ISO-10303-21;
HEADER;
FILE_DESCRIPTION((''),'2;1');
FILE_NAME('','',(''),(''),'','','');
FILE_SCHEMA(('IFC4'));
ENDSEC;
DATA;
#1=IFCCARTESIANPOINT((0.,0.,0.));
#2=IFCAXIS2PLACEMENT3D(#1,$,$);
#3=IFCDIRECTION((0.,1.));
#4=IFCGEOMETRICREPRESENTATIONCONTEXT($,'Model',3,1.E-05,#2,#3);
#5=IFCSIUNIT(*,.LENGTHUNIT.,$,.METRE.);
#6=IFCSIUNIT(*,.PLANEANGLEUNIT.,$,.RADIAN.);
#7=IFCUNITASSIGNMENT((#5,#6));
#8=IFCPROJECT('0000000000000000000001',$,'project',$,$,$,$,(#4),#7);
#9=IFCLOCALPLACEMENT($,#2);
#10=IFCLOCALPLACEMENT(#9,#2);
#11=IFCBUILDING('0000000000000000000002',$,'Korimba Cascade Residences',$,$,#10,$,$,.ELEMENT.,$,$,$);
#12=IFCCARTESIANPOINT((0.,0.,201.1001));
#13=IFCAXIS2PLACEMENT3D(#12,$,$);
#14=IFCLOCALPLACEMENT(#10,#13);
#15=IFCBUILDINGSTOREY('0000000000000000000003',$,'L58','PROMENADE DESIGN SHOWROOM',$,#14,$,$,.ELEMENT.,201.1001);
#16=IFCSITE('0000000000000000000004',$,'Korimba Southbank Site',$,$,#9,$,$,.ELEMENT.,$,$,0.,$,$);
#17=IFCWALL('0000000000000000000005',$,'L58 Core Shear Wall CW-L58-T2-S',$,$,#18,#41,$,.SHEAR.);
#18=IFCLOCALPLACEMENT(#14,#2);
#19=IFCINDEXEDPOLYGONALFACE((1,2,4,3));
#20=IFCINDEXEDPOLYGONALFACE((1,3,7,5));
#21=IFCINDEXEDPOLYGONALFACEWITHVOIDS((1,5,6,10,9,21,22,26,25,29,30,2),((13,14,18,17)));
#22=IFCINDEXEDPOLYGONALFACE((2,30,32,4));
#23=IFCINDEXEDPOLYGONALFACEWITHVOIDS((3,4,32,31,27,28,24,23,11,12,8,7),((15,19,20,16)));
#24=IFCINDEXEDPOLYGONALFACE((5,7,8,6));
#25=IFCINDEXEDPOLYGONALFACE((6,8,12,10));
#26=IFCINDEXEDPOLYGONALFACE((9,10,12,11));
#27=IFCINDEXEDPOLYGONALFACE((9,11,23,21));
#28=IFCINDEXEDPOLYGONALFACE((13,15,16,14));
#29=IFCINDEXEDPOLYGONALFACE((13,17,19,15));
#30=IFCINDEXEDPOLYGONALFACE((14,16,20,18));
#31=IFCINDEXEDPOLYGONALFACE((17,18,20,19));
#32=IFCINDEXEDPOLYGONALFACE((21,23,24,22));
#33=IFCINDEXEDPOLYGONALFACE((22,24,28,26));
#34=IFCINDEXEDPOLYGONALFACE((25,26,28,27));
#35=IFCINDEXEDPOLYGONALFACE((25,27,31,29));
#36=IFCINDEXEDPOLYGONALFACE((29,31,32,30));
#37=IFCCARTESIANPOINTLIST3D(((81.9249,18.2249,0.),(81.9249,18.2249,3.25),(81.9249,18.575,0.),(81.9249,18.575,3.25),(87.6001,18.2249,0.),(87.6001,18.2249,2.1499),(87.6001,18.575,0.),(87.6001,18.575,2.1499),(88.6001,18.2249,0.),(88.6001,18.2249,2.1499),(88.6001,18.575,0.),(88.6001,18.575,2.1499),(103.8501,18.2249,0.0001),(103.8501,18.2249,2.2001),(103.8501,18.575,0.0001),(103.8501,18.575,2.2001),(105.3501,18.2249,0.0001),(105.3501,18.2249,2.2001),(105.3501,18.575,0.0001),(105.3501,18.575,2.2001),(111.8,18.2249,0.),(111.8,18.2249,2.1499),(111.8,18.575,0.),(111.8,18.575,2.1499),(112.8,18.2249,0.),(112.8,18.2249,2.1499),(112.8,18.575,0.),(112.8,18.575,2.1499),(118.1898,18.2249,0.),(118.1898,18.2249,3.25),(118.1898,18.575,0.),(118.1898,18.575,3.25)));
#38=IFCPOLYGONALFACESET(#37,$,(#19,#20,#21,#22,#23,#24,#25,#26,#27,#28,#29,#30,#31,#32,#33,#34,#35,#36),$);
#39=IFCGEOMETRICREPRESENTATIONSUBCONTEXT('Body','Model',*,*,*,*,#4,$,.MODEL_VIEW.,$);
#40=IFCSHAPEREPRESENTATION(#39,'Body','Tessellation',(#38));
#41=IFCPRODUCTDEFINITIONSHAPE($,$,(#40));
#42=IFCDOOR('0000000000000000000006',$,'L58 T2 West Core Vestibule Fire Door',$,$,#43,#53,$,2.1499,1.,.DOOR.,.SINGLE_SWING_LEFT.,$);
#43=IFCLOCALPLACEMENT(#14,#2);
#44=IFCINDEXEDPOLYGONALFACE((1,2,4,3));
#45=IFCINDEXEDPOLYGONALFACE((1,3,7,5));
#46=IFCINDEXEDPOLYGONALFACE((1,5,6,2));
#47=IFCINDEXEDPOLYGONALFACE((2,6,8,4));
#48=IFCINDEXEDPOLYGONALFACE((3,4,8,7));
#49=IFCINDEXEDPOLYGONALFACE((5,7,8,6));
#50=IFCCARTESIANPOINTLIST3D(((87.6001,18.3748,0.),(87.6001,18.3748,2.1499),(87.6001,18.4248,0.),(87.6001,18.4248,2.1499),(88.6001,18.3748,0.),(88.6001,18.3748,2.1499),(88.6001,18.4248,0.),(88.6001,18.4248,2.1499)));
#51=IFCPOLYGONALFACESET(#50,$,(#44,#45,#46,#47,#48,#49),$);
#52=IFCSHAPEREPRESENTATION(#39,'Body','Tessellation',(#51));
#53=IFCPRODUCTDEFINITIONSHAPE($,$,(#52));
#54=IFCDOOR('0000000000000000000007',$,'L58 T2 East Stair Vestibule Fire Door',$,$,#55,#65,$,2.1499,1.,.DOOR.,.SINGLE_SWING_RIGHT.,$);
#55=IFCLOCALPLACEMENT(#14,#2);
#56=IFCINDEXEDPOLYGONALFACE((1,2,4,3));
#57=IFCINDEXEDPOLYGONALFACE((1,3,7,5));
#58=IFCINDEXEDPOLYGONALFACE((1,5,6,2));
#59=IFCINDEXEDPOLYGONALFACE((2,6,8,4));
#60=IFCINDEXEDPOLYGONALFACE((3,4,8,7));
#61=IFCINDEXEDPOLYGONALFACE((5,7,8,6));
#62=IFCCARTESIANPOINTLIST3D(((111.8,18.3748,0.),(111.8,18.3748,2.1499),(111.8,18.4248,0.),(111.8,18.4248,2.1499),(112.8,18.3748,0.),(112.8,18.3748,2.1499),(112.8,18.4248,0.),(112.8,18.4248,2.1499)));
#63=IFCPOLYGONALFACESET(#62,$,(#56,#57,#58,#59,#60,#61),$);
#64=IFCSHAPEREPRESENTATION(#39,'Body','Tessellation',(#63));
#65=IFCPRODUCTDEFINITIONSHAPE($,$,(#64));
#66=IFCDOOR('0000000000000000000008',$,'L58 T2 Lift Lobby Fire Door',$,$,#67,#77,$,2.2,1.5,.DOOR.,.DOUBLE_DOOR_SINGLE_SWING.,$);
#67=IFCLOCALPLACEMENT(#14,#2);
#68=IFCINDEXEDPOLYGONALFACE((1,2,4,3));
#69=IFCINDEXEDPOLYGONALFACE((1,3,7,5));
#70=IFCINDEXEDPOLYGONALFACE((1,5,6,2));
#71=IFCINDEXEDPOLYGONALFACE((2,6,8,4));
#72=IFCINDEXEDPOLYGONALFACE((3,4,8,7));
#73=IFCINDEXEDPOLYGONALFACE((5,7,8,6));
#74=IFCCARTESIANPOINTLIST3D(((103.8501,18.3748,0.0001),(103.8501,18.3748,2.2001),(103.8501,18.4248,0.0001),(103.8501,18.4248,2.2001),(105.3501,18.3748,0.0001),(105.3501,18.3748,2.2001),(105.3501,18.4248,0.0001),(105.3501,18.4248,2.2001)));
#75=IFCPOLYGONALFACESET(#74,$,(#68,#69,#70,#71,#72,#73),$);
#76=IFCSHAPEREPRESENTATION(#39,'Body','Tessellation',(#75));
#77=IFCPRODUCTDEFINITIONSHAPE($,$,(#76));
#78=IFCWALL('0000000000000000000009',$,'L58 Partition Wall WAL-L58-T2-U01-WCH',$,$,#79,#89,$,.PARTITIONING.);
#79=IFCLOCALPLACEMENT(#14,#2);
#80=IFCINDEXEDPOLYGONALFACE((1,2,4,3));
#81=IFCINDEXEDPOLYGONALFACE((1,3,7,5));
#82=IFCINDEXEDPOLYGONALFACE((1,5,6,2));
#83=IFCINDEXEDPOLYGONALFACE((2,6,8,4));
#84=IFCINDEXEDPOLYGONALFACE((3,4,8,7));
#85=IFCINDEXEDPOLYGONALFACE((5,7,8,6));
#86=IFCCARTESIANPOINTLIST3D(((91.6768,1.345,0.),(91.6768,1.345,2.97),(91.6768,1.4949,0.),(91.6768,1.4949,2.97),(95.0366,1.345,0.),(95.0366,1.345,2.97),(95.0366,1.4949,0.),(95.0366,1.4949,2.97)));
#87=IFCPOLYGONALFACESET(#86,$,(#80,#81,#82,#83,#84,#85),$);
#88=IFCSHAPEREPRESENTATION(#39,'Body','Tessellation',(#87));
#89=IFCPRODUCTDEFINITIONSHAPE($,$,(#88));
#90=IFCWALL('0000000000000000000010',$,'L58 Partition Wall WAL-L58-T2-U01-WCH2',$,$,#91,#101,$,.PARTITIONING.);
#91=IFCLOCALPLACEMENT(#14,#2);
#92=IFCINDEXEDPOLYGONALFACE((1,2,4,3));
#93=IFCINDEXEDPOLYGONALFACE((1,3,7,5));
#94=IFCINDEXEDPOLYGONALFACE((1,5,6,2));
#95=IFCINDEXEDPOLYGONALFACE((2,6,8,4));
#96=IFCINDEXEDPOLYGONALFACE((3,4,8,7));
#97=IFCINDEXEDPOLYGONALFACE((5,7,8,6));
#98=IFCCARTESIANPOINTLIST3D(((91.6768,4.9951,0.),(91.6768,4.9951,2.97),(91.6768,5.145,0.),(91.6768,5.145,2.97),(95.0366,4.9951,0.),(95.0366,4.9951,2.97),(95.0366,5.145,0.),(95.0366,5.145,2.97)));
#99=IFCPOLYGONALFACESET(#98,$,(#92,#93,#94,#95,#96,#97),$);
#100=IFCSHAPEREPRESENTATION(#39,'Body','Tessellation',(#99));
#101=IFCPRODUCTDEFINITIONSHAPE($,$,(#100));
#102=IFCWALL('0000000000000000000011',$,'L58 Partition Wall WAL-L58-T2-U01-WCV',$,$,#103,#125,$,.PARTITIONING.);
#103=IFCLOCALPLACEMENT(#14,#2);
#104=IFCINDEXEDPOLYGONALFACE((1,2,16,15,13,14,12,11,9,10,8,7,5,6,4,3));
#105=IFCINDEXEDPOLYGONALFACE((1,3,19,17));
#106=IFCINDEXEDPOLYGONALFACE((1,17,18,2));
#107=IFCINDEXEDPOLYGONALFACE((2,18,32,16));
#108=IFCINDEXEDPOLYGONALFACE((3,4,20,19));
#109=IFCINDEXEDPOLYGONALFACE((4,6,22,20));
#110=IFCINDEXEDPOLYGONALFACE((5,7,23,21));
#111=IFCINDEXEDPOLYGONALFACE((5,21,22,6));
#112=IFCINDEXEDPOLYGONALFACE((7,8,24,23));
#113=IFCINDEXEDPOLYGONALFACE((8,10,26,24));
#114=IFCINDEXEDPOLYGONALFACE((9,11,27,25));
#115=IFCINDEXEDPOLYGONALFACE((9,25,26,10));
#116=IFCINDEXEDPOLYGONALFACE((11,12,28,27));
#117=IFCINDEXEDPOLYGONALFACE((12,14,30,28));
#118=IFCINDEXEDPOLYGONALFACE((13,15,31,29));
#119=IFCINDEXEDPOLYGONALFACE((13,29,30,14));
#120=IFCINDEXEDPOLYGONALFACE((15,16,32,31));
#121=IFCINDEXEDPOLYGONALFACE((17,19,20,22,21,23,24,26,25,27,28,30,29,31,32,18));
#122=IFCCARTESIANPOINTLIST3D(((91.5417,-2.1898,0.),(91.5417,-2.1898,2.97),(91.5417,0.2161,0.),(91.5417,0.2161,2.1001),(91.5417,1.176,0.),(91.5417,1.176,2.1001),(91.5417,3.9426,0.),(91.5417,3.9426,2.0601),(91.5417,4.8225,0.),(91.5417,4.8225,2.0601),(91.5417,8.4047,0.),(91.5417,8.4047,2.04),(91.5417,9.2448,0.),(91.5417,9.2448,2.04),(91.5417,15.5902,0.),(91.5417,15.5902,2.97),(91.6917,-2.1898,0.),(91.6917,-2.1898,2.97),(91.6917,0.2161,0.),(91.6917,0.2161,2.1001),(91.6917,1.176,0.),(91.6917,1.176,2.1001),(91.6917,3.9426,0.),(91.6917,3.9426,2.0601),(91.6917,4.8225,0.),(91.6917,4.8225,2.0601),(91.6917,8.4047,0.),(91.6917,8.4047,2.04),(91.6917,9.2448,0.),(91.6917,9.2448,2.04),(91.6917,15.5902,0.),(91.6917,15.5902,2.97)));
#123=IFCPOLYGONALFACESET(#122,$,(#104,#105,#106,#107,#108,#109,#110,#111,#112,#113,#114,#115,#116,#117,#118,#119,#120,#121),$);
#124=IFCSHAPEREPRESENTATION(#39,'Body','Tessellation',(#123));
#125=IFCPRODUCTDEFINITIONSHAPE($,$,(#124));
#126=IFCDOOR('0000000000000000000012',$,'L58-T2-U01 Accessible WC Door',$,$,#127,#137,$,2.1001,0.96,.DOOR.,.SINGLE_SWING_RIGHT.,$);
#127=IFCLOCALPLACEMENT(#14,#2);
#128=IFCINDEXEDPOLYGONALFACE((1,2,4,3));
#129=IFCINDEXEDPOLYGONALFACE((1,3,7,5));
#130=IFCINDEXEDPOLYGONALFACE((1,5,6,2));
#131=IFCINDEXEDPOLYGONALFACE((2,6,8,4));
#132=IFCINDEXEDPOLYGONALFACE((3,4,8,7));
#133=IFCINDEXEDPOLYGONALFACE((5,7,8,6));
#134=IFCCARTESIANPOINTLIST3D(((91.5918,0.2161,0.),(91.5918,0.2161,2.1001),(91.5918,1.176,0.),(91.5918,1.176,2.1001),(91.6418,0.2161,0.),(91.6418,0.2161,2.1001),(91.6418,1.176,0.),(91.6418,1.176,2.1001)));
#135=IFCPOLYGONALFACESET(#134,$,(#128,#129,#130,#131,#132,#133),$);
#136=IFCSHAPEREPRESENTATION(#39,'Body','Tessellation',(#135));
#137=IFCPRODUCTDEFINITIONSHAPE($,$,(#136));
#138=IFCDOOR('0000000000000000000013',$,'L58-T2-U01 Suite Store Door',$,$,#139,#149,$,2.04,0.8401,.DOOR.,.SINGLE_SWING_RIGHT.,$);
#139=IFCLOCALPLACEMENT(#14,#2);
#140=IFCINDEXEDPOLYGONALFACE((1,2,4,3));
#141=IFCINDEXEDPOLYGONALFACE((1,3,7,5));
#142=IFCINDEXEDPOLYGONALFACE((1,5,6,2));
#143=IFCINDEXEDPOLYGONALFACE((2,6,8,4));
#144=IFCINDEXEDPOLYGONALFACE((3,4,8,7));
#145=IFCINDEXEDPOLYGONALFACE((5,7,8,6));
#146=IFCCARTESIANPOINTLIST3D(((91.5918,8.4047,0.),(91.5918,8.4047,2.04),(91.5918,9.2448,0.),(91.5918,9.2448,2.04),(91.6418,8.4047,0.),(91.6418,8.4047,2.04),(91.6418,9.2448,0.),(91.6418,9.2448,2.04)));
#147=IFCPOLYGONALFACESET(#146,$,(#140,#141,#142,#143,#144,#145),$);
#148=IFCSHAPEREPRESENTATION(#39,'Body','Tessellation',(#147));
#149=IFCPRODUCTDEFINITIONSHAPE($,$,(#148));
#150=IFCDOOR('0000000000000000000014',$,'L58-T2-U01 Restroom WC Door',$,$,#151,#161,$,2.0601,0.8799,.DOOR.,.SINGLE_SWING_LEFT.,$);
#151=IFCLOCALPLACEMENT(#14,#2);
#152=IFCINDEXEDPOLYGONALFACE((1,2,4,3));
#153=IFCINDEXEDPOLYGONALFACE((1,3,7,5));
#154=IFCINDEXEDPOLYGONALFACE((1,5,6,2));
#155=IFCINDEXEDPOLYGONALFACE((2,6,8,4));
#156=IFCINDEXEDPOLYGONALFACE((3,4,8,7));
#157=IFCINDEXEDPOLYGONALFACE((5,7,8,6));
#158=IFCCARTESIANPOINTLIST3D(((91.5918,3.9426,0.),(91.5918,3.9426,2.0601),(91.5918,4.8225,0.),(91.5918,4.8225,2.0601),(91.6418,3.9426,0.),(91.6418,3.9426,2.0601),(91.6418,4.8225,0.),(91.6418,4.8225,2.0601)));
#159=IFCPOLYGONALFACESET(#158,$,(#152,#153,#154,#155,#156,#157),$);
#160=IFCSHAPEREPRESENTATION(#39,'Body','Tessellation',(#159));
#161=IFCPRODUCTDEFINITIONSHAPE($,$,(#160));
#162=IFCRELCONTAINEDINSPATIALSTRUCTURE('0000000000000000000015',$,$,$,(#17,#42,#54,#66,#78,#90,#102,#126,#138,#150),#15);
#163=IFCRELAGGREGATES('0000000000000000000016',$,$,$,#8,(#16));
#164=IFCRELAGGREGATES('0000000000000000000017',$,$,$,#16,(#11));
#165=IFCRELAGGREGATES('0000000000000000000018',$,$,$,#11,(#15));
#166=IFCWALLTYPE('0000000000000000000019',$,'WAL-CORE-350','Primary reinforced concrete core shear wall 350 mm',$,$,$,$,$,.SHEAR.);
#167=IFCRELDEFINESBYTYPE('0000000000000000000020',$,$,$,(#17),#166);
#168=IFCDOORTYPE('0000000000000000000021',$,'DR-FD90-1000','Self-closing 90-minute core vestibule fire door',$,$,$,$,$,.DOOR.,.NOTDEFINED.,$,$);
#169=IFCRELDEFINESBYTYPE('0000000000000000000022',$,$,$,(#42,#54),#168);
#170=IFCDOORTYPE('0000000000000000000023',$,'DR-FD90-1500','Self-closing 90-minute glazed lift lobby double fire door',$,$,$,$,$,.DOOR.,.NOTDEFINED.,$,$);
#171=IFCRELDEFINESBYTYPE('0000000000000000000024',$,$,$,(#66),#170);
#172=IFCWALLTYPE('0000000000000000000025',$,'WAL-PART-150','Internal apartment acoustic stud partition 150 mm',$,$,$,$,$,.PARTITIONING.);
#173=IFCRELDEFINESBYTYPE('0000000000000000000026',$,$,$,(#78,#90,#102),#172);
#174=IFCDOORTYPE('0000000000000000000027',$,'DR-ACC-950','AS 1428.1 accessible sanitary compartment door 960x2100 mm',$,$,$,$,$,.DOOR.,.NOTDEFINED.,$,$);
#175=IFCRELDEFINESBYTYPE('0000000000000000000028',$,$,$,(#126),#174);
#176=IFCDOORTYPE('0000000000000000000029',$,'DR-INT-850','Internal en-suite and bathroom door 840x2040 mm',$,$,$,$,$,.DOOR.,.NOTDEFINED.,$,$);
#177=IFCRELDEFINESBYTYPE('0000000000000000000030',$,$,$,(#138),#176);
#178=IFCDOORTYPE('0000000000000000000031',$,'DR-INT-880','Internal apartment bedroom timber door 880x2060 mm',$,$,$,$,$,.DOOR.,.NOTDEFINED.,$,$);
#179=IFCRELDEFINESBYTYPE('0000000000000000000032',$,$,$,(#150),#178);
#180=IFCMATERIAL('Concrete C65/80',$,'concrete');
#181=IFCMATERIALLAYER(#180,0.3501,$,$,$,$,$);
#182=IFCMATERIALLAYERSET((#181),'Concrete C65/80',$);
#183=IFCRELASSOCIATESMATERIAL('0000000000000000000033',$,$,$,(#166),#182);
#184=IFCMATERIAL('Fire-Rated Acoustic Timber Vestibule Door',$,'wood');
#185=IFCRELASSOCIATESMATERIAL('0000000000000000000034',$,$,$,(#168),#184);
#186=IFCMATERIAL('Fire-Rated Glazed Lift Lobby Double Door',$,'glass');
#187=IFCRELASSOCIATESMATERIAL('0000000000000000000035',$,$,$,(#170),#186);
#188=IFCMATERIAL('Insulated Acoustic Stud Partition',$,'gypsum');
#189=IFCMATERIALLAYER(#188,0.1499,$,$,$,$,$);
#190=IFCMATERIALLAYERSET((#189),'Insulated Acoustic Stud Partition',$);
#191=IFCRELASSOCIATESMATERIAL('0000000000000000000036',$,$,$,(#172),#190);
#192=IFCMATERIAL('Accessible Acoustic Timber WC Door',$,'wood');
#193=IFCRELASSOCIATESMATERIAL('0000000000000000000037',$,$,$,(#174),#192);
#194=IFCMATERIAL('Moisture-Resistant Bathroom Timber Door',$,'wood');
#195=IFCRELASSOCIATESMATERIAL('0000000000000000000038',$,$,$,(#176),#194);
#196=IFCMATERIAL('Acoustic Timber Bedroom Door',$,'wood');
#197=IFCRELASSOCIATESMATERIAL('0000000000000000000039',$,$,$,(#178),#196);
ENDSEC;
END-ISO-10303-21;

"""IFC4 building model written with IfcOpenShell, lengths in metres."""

from ifc_helpers import new_model, si_unit, direction, frame, frame_2d, origin, place, context, subcontext, project, spatial, rectangle, extrude, material, layer, layer_set, type_object, element, fill, save


model = new_model("IFC4")

# Units and contexts
model_context = context("Model", 3, precision=1e-05, world=origin(), true_north=direction((0.0, 1.0)))
body_context = subcontext(model_context, "Body", "Model", "MODEL_VIEW")
ifc_project = project(units=[si_unit("LENGTHUNIT", "METRE"), si_unit("PLANEANGLEUNIT", "RADIAN")], contexts=[model_context])

# Site, building, storey
site_placement = place(None, origin())
site = spatial("IfcSite", under=ifc_project, at=site_placement, Name="Korimba Southbank Site", CompositionType="ELEMENT", RefElevation=0.0)
building_placement = place(site_placement, origin())
building = spatial("IfcBuilding", under=site, at=building_placement, Name="Korimba Cascade Residences", CompositionType="ELEMENT")
storey_placement = place(building_placement, frame((0.0, 0.0, 201.1001)))
storey = spatial("IfcBuildingStorey", under=building, at=storey_placement, Name="L58", Description="PROMENADE DESIGN SHOWROOM", CompositionType="ELEMENT", Elevation=201.1001)

# Wall, openings, doors
ifc_material_1 = material(Name="Concrete C65/80", Category="concrete")
ifc_layer_1 = layer(ifc_material_1, 0.3501)
ifc_layer_set_1 = layer_set([ifc_layer_1], Name="Concrete C65/80")
wall_type_1 = type_object("IfcWallType", Name="WAL-CORE-350", Description="Primary reinforced concrete core shear wall 350 mm", PredefinedType="SHEAR", material=ifc_layer_set_1)
wall_1_placement = place(storey_placement, frame((81.925, 18.3999, 0.0), z_axis=(0.0, 0.0, 1.0), x_axis=(1.0, 0.0, 0.0)))
wall_1 = element("IfcWall", 1, at=wall_1_placement, inside=storey, type_object=wall_type_1, Name="L58 Core Shear Wall CW-L58-T2-S", PredefinedType="SHEAR", context=body_context, shape_type="SweptSolid", body=[
    extrude(rectangle(XDim=36.2649, YDim=0.3501, at=frame_2d((18.1323, 0.0))), origin(), (0.0, 0.0, 1.0), 3.25),
])
opening_1_placement = place(wall_1_placement, frame((5.675, 0.0, 0.0)))
opening_1 = element("IfcOpeningElement", 2, at=opening_1_placement, cuts=wall_1, PredefinedType="OPENING", context=body_context, shape_type="SweptSolid", body=[
    extrude(rectangle(XDim=1.0, YDim=2.1499, at=frame_2d((0.5, 1.075))), frame((0.0, 0.1851, 0.0), z_axis=(0.0, -1.0, 0.0), x_axis=(1.0, 0.0, 0.0)), (0.0, 0.0, 1.0), 0.3701),
])
opening_2_placement = place(wall_1_placement, frame((21.925, 0.0, 0.0)))
opening_2 = element("IfcOpeningElement", 3, at=opening_2_placement, cuts=wall_1, PredefinedType="OPENING", context=body_context, shape_type="SweptSolid", body=[
    extrude(rectangle(XDim=1.5, YDim=2.2, at=frame_2d((0.75, 1.1001))), frame((0.0, 0.1851, 0.0), z_axis=(0.0, -1.0, 0.0), x_axis=(1.0, 0.0, 0.0)), (0.0, 0.0, 1.0), 0.3701),
])
opening_3_placement = place(wall_1_placement, frame((29.875, 0.0, 0.0)))
opening_3 = element("IfcOpeningElement", 4, at=opening_3_placement, cuts=wall_1, PredefinedType="OPENING", context=body_context, shape_type="SweptSolid", body=[
    extrude(rectangle(XDim=1.0, YDim=2.1499, at=frame_2d((0.5, 1.075))), frame((0.0, 0.1851, 0.0), z_axis=(0.0, -1.0, 0.0), x_axis=(1.0, 0.0, 0.0)), (0.0, 0.0, 1.0), 0.3701),
])
ifc_material_2 = material(Name="Fire-Rated Acoustic Timber Vestibule Door", Category="wood")
door_type_1 = type_object("IfcDoorType", Name="DR-FD90-1000", Description="Self-closing 90-minute core vestibule fire door", OperationType="NOTDEFINED", PredefinedType="DOOR", material=ifc_material_2)
door_1_placement = place(opening_1_placement, origin())
door_1 = element("IfcDoor", 5, at=door_1_placement, inside=storey, type_object=door_type_1, Name="L58 T2 West Core Vestibule Fire Door", OperationType="SINGLE_SWING_LEFT", OverallHeight=2.1499, OverallWidth=1.0, PredefinedType="DOOR", context=body_context, shape_type="SweptSolid", body=[
    extrude(rectangle(XDim=1.0, YDim=2.1499, at=frame_2d((0.5, 1.075))), frame((0.0, 0.0249, 0.0), z_axis=(0.0, -1.0, 0.0), x_axis=(1.0, 0.0, 0.0)), (0.0, 0.0, 1.0), 0.05),
])
fill(opening_1, door_1)
door_2_placement = place(opening_3_placement, origin())
door_2 = element("IfcDoor", 6, at=door_2_placement, inside=storey, type_object=door_type_1, Name="L58 T2 East Stair Vestibule Fire Door", OperationType="SINGLE_SWING_RIGHT", OverallHeight=2.1499, OverallWidth=1.0, PredefinedType="DOOR", context=body_context, shape_type="SweptSolid", body=[
    extrude(rectangle(XDim=1.0, YDim=2.1499, at=frame_2d((0.5, 1.075))), frame((0.0, 0.0249, 0.0), z_axis=(0.0, -1.0, 0.0), x_axis=(1.0, 0.0, 0.0)), (0.0, 0.0, 1.0), 0.05),
])
fill(opening_3, door_2)
ifc_material_3 = material(Name="Fire-Rated Glazed Lift Lobby Double Door", Category="glass")
door_type_2 = type_object("IfcDoorType", Name="DR-FD90-1500", Description="Self-closing 90-minute glazed lift lobby double fire door", OperationType="NOTDEFINED", PredefinedType="DOOR", material=ifc_material_3)
door_3_placement = place(opening_2_placement, origin())
door_3 = element("IfcDoor", 7, at=door_3_placement, inside=storey, type_object=door_type_2, Name="L58 T2 Lift Lobby Fire Door", OperationType="DOUBLE_DOOR_SINGLE_SWING", OverallHeight=2.2, OverallWidth=1.5, PredefinedType="DOOR", context=body_context, shape_type="SweptSolid", body=[
    extrude(rectangle(XDim=1.5, YDim=2.2, at=frame_2d((0.75, 1.1001))), frame((0.0, 0.0249, 0.0), z_axis=(0.0, -1.0, 0.0), x_axis=(1.0, 0.0, 0.0)), (0.0, 0.0, 1.0), 0.05),
])
fill(opening_2, door_3)

# Walls
ifc_material_4 = material(Name="Insulated Acoustic Stud Partition", Category="gypsum")
ifc_layer_2 = layer(ifc_material_4, 0.1499)
ifc_layer_set_2 = layer_set([ifc_layer_2], Name="Insulated Acoustic Stud Partition")
wall_type_2 = type_object("IfcWallType", Name="WAL-PART-150", Description="Internal apartment acoustic stud partition 150 mm", PredefinedType="PARTITIONING", material=ifc_layer_set_2)
for number, where, z_axis, x_axis, name in (
    (8, (91.6768, 1.4199, 0.0), (0.0, 0.0, 1.0), (1.0, 0.0, 0.0), "L58 Partition Wall WAL-L58-T2-U01-WCH"),
    (9, (91.6768, 5.0701, 0.0), (0.0, 0.0, 1.0), (1.0, 0.0, 0.0), "L58 Partition Wall WAL-L58-T2-U01-WCH2"),
):
    element("IfcWall", number, at=place(storey_placement, frame(where, z_axis=z_axis, x_axis=x_axis)), inside=storey, type_object=wall_type_2, Name=name, PredefinedType="PARTITIONING", context=body_context, shape_type="SweptSolid", body=[
        extrude(rectangle(XDim=3.3599, YDim=0.1499, at=frame_2d((1.6799, 0.0))), origin(), (0.0, 0.0, 1.0), 2.97),
    ])

# Wall, openings, doors
wall_2_placement = place(storey_placement, frame((91.6167, -2.1899, 0.0), z_axis=(0.0, 0.0, 1.0), x_axis=(0.0, 1.0, 0.0)))
wall_2 = element("IfcWall", 10, at=wall_2_placement, inside=storey, type_object=wall_type_2, Name="L58 Partition Wall WAL-L58-T2-U01-WCV", PredefinedType="PARTITIONING", context=body_context, shape_type="SweptSolid", body=[
    extrude(rectangle(XDim=17.78, YDim=0.1499, at=frame_2d((8.8901, 0.0))), origin(), (0.0, 0.0, 1.0), 2.97),
])
opening_4_placement = place(wall_2_placement, frame((2.406, 0.0, 0.0)))
opening_4 = element("IfcOpeningElement", 11, at=opening_4_placement, cuts=wall_2, PredefinedType="OPENING", context=body_context, shape_type="SweptSolid", body=[
    extrude(rectangle(XDim=0.96, YDim=2.1001, at=frame_2d((0.48, 1.05))), frame((0.0, 0.085, 0.0), z_axis=(0.0, -1.0, 0.0), x_axis=(1.0, 0.0, 0.0)), (0.0, 0.0, 1.0), 0.1699),
])
opening_5_placement = place(wall_2_placement, frame((6.1326, 0.0, 0.0)))
opening_5 = element("IfcOpeningElement", 12, at=opening_5_placement, cuts=wall_2, PredefinedType="OPENING", context=body_context, shape_type="SweptSolid", body=[
    extrude(rectangle(XDim=0.8799, YDim=2.0601, at=frame_2d((0.4399, 1.03))), frame((0.0, 0.085, 0.0), z_axis=(0.0, -1.0, 0.0), x_axis=(1.0, 0.0, 0.0)), (0.0, 0.0, 1.0), 0.1699),
])
opening_6_placement = place(wall_2_placement, frame((10.5947, 0.0, 0.0)))
opening_6 = element("IfcOpeningElement", 13, at=opening_6_placement, cuts=wall_2, PredefinedType="OPENING", context=body_context, shape_type="SweptSolid", body=[
    extrude(rectangle(XDim=0.8401, YDim=2.04, at=frame_2d((0.4199, 1.02))), frame((0.0, 0.085, 0.0), z_axis=(0.0, -1.0, 0.0), x_axis=(1.0, 0.0, 0.0)), (0.0, 0.0, 1.0), 0.1699),
])
ifc_material_5 = material(Name="Accessible Acoustic Timber WC Door", Category="wood")
door_type_3 = type_object("IfcDoorType", Name="DR-ACC-950", Description="AS 1428.1 accessible sanitary compartment door 960x2100 mm", OperationType="NOTDEFINED", PredefinedType="DOOR", material=ifc_material_5)
door_4_placement = place(opening_4_placement, origin())
door_4 = element("IfcDoor", 14, at=door_4_placement, inside=storey, type_object=door_type_3, Name="L58-T2-U01 Accessible WC Door", OperationType="SINGLE_SWING_RIGHT", OverallHeight=2.1001, OverallWidth=0.96, PredefinedType="DOOR", context=body_context, shape_type="SweptSolid", body=[
    extrude(rectangle(XDim=0.96, YDim=2.1001, at=frame_2d((0.48, 1.05))), frame((0.0, 0.0249, 0.0), z_axis=(0.0, -1.0, 0.0), x_axis=(1.0, 0.0, 0.0)), (0.0, 0.0, 1.0), 0.05),
])
fill(opening_4, door_4)
ifc_material_6 = material(Name="Moisture-Resistant Bathroom Timber Door", Category="wood")
door_type_4 = type_object("IfcDoorType", Name="DR-INT-850", Description="Internal en-suite and bathroom door 840x2040 mm", OperationType="NOTDEFINED", PredefinedType="DOOR", material=ifc_material_6)
door_5_placement = place(opening_6_placement, origin())
door_5 = element("IfcDoor", 15, at=door_5_placement, inside=storey, type_object=door_type_4, Name="L58-T2-U01 Suite Store Door", OperationType="SINGLE_SWING_RIGHT", OverallHeight=2.04, OverallWidth=0.8401, PredefinedType="DOOR", context=body_context, shape_type="SweptSolid", body=[
    extrude(rectangle(XDim=0.8401, YDim=2.04, at=frame_2d((0.4199, 1.02))), frame((0.0, 0.0249, 0.0), z_axis=(0.0, -1.0, 0.0), x_axis=(1.0, 0.0, 0.0)), (0.0, 0.0, 1.0), 0.05),
])
fill(opening_6, door_5)
ifc_material_7 = material(Name="Acoustic Timber Bedroom Door", Category="wood")
door_type_5 = type_object("IfcDoorType", Name="DR-INT-880", Description="Internal apartment bedroom timber door 880x2060 mm", OperationType="NOTDEFINED", PredefinedType="DOOR", material=ifc_material_7)
door_6_placement = place(opening_5_placement, origin())
door_6 = element("IfcDoor", 16, at=door_6_placement, inside=storey, type_object=door_type_5, Name="L58-T2-U01 Restroom WC Door", OperationType="SINGLE_SWING_LEFT", OverallHeight=2.0601, OverallWidth=0.8799, PredefinedType="DOOR", context=body_context, shape_type="SweptSolid", body=[
    extrude(rectangle(XDim=0.8799, YDim=2.0601, at=frame_2d((0.4399, 1.03))), frame((0.0, 0.0249, 0.0), z_axis=(0.0, -1.0, 0.0), x_axis=(1.0, 0.0, 0.0)), (0.0, 0.0, 1.0), 0.05),
])
fill(opening_5, door_6)

save(model, "model.ifc")
